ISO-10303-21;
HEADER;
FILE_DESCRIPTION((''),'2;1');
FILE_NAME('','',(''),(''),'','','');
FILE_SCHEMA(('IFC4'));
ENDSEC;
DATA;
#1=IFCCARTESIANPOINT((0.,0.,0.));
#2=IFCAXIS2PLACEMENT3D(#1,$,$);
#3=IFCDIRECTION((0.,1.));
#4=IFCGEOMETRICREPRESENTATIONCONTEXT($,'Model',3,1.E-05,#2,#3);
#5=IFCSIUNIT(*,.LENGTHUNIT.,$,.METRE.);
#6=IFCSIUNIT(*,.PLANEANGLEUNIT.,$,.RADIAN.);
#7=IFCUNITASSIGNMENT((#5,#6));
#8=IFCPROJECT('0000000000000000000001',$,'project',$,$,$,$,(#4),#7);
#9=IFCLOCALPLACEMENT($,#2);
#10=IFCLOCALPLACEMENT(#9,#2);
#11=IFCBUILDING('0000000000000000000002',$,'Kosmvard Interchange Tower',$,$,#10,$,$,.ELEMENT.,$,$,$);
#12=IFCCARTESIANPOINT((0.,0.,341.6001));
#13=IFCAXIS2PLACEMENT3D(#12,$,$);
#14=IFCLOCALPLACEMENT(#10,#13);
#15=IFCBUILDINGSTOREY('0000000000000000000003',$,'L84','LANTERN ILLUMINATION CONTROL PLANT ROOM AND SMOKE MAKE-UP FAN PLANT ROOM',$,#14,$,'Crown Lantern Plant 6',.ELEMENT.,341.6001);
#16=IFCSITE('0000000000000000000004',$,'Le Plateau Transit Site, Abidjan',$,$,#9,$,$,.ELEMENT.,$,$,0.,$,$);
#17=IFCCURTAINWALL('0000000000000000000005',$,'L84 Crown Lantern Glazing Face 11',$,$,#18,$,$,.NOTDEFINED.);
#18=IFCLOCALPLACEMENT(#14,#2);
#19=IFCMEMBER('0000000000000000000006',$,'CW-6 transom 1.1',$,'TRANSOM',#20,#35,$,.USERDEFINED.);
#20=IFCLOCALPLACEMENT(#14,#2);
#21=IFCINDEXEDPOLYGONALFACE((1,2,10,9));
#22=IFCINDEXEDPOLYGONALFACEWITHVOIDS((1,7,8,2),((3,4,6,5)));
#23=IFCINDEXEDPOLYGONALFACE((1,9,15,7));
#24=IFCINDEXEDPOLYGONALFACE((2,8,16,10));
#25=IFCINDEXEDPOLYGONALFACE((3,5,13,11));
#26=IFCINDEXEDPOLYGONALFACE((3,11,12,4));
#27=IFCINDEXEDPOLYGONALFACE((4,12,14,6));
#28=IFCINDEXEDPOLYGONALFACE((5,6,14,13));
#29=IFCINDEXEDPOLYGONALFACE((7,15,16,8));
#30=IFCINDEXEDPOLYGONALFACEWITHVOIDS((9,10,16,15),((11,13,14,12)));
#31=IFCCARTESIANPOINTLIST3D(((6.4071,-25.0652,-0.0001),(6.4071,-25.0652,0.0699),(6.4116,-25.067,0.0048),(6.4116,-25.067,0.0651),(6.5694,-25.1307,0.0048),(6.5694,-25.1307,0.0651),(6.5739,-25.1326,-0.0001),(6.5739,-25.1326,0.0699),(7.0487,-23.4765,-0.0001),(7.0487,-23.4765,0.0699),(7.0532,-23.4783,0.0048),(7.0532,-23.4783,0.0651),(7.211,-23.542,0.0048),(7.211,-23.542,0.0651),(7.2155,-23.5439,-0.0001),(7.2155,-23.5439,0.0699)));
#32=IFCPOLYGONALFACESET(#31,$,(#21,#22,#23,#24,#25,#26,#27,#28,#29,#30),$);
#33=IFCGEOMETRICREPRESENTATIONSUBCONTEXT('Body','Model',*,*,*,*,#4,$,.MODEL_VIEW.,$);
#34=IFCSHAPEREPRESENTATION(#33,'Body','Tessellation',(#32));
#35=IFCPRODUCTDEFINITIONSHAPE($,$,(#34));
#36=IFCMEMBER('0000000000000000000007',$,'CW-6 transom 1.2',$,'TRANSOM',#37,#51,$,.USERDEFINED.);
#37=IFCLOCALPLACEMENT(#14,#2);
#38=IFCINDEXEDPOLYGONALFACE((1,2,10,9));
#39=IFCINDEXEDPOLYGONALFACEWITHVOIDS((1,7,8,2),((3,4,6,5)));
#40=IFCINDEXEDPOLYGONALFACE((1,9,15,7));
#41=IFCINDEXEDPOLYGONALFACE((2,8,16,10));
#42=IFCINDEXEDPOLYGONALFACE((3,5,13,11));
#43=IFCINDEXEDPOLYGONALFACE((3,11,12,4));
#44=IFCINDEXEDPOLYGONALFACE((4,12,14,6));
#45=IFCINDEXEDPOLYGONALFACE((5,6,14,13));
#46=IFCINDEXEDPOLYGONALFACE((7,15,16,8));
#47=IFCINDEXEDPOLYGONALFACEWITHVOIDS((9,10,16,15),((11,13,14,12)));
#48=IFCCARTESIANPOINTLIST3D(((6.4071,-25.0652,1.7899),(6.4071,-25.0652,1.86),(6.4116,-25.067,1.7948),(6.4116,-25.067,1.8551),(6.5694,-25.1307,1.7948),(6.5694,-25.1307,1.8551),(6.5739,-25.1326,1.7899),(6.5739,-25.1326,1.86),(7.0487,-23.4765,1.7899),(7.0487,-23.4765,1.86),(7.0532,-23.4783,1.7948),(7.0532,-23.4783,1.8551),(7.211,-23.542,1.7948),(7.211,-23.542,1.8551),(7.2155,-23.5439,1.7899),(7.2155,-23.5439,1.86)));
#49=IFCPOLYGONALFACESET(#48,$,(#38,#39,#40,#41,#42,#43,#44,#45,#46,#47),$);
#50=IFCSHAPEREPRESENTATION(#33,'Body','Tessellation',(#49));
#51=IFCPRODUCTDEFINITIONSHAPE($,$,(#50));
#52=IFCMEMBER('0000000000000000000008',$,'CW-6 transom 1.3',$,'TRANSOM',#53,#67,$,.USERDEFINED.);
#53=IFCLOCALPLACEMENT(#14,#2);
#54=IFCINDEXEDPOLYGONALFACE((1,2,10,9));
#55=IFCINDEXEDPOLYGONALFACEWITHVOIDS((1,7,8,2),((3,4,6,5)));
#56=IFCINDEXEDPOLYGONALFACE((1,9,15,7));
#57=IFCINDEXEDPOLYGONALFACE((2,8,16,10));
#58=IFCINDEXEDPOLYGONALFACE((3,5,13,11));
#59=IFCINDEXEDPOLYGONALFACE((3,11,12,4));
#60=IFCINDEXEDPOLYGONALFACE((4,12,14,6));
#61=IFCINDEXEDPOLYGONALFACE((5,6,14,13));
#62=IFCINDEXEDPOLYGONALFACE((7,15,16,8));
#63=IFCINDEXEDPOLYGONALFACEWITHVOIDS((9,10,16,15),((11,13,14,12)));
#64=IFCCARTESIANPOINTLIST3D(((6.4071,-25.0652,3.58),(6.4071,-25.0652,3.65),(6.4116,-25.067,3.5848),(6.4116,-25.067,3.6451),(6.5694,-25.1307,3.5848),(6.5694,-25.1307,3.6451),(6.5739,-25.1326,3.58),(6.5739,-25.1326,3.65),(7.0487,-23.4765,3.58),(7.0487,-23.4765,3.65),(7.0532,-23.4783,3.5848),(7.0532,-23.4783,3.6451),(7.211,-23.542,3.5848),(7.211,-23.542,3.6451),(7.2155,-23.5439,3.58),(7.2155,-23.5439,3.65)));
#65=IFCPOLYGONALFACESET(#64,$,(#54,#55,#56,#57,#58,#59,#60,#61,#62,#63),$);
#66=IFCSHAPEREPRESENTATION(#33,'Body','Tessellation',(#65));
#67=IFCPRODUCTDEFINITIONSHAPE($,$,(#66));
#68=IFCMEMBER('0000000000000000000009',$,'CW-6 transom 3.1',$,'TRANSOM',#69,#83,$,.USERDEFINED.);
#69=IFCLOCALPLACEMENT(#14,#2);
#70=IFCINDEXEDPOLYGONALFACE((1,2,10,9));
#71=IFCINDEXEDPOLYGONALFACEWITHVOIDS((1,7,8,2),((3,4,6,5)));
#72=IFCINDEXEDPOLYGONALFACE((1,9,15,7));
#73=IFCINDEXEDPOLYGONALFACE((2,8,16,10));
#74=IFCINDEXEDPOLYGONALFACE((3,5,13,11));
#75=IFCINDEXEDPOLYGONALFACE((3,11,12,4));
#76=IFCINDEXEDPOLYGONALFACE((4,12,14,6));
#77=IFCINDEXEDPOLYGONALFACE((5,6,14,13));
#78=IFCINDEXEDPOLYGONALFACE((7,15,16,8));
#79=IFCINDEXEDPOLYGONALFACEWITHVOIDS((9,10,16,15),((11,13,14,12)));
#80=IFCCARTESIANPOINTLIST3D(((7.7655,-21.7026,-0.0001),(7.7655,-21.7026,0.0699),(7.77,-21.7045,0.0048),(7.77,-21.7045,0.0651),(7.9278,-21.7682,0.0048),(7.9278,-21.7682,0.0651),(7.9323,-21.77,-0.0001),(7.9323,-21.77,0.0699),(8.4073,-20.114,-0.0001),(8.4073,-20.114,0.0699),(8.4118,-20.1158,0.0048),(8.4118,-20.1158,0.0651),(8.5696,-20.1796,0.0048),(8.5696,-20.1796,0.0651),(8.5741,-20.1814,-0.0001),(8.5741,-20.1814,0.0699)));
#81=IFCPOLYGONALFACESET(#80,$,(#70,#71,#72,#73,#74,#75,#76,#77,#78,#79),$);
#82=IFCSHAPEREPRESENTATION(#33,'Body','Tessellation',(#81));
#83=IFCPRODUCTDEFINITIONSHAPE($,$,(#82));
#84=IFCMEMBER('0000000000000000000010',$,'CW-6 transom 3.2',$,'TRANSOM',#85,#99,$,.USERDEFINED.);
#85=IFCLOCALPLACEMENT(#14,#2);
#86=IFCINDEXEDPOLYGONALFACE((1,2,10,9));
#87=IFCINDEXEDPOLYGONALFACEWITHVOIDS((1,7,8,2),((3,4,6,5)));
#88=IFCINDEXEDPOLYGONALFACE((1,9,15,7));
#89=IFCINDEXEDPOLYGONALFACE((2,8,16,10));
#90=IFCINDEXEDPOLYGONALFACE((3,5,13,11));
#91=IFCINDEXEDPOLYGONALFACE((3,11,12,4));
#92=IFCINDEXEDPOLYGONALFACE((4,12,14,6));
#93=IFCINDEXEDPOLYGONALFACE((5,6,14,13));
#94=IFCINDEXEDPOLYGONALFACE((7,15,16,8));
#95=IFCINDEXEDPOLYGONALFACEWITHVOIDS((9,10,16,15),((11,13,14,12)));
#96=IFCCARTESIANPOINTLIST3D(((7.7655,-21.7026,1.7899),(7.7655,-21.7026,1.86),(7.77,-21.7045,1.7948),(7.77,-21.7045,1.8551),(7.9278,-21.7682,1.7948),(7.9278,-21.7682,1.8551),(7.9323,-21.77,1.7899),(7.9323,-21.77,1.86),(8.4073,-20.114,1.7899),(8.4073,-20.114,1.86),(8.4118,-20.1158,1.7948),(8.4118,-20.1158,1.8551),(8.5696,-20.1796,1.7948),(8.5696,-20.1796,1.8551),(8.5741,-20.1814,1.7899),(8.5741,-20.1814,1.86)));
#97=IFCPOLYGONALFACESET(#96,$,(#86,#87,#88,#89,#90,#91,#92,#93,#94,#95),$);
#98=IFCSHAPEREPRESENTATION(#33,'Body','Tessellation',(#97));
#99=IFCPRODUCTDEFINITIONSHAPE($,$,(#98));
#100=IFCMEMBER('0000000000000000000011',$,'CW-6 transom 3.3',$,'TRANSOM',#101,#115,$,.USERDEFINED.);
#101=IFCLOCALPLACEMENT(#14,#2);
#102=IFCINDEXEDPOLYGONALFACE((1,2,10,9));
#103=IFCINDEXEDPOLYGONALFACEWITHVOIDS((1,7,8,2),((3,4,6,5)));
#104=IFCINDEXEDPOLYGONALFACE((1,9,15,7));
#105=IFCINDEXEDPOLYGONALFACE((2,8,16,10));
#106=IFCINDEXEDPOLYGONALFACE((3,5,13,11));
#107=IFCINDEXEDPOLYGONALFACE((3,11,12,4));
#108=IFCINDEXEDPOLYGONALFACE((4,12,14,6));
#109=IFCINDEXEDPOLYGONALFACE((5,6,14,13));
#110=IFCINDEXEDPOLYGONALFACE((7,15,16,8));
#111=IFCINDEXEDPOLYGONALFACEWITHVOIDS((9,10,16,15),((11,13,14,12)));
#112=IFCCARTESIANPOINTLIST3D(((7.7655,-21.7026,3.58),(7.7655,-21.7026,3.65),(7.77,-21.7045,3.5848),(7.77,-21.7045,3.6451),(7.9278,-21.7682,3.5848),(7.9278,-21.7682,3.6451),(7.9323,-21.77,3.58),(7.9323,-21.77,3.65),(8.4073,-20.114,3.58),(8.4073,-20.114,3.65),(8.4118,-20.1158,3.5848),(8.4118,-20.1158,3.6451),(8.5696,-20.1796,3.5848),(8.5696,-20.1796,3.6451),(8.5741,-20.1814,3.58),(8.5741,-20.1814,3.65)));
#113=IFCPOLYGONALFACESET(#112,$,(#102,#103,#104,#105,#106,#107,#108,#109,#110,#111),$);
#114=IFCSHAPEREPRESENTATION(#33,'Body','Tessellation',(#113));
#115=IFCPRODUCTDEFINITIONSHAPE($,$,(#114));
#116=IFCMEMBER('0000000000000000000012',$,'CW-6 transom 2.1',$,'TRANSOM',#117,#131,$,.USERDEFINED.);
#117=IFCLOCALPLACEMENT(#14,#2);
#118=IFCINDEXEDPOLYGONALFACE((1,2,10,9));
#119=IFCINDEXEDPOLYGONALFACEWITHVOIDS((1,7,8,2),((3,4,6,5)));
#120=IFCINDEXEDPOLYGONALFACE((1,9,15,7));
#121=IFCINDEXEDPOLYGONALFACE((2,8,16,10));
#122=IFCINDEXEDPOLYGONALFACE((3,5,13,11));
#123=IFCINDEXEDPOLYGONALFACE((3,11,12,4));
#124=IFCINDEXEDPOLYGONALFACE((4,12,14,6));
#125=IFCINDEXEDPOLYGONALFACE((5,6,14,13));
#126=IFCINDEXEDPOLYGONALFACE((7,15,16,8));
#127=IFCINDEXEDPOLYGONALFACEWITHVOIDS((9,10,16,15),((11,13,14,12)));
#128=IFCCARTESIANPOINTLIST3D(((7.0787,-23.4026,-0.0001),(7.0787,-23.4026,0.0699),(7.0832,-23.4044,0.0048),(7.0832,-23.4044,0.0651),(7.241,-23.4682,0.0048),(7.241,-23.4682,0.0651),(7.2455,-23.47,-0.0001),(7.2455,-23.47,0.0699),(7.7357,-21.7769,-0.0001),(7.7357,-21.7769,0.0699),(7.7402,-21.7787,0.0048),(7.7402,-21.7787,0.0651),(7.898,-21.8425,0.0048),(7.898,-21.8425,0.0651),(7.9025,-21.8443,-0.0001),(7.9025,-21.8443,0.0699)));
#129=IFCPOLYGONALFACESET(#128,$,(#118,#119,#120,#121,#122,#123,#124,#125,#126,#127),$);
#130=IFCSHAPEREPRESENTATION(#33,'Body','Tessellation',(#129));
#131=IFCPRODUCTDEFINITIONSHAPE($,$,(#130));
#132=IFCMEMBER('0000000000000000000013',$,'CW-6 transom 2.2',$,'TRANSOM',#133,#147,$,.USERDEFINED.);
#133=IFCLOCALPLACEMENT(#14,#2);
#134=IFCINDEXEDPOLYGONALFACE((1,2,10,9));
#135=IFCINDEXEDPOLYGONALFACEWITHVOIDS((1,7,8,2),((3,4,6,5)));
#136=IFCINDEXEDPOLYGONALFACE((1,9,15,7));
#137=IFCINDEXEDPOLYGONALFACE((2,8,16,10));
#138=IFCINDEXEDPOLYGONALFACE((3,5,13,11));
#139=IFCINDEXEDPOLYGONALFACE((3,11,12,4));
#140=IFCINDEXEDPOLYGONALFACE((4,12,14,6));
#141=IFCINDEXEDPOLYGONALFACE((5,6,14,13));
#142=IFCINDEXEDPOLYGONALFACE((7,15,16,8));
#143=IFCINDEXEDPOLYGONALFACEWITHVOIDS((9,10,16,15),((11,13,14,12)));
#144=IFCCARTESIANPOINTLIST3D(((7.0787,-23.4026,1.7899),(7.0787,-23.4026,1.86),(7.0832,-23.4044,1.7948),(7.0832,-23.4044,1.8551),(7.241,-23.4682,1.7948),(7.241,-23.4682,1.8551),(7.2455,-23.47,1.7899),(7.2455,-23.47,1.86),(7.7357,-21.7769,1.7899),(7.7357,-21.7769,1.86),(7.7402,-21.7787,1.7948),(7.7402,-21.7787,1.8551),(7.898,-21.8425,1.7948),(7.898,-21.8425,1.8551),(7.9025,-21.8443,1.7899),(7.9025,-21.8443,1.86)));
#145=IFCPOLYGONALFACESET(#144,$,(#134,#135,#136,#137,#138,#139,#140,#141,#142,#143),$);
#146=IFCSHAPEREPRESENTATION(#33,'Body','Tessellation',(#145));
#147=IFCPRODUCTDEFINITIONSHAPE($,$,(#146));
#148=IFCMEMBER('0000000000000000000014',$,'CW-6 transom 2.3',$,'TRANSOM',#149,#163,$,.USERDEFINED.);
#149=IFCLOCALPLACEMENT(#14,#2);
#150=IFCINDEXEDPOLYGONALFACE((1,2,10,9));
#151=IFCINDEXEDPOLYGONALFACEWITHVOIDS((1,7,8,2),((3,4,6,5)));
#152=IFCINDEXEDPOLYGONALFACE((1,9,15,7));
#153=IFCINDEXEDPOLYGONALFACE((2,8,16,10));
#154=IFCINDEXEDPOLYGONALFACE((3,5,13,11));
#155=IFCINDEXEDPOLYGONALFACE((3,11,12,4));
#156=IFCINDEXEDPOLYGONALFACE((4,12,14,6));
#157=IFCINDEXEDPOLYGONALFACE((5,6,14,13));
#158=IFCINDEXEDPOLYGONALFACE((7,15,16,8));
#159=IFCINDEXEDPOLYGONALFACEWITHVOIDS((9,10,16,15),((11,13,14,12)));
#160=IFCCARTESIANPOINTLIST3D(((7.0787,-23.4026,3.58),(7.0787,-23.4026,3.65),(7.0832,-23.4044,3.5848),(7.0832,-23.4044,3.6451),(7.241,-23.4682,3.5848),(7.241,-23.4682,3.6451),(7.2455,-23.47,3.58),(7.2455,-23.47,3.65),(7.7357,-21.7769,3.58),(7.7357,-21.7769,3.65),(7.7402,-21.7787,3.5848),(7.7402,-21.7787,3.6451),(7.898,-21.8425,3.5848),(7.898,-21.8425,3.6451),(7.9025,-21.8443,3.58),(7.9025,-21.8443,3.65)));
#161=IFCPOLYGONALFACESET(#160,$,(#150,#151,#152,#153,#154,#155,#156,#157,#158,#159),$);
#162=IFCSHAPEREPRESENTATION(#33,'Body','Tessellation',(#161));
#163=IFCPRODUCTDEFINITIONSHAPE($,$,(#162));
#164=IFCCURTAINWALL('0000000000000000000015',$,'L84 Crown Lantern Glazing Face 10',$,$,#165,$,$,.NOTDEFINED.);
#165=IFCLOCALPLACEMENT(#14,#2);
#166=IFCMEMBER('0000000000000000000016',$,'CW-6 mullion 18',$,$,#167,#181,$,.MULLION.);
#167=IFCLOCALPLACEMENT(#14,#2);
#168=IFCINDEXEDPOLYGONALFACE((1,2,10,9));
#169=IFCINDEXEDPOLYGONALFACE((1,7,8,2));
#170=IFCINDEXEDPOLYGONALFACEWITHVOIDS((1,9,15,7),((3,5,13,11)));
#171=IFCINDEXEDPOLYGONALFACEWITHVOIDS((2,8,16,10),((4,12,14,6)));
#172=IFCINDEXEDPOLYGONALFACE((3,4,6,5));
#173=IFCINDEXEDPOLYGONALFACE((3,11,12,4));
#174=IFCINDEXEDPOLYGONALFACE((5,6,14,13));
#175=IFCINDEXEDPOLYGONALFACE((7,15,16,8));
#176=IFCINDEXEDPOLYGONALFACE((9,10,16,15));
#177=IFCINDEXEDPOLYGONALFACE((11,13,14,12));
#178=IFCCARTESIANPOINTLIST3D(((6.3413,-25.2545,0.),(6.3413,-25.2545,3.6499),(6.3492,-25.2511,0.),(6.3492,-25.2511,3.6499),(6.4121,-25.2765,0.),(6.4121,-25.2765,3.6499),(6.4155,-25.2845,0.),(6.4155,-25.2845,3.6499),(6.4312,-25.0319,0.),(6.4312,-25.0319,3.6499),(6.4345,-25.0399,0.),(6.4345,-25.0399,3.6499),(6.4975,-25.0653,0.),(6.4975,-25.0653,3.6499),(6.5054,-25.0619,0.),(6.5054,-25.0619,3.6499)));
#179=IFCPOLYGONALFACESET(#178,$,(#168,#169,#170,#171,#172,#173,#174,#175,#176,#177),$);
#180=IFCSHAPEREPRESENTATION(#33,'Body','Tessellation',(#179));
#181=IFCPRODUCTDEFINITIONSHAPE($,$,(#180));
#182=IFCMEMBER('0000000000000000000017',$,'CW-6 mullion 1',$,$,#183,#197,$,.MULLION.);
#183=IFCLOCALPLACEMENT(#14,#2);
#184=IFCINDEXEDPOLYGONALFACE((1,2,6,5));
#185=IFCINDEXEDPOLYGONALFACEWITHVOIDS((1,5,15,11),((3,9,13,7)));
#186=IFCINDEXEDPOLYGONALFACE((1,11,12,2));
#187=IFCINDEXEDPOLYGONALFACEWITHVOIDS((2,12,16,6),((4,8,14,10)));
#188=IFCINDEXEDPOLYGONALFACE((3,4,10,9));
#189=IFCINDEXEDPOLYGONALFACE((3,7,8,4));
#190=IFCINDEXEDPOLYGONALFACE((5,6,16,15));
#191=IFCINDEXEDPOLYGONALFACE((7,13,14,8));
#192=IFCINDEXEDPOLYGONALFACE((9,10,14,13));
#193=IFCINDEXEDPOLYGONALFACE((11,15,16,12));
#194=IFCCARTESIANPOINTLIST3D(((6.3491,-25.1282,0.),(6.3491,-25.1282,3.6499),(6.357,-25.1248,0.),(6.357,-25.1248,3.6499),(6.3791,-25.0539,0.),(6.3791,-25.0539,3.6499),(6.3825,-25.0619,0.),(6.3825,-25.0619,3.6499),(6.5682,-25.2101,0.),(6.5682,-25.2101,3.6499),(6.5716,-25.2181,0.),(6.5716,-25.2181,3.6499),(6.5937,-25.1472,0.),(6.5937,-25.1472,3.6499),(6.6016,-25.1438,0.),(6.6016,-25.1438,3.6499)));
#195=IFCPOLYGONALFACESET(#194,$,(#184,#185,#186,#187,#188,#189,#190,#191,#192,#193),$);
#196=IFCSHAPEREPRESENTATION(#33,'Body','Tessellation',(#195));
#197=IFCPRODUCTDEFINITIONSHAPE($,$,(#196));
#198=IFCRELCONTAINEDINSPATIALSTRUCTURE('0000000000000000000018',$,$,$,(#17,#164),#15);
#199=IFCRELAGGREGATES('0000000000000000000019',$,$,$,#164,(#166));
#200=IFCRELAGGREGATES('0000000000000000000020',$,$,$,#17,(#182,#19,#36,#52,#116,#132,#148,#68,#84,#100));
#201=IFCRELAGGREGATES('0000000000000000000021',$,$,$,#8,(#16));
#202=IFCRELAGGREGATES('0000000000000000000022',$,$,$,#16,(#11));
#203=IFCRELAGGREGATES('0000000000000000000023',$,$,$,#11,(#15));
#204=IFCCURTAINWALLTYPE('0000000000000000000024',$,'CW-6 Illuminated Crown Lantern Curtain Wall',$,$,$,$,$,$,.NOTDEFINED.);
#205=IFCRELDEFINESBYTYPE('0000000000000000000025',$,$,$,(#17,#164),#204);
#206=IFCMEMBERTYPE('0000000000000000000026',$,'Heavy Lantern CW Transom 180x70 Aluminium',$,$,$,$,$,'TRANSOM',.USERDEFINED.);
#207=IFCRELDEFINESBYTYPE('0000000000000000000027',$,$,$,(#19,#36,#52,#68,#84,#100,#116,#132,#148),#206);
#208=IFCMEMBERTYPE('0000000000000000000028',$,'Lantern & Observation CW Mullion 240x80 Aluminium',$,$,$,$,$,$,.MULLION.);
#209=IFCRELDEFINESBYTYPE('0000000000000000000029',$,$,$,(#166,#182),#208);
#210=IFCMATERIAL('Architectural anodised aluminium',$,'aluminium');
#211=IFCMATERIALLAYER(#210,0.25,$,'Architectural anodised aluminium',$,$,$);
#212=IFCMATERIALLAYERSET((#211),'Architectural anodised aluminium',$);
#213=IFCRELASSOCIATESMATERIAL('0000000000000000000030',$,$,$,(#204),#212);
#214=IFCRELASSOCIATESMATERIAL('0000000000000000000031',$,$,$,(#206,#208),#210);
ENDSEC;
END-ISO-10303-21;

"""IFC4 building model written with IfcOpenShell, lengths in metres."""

from ifc_helpers import new_model, si_unit, direction, frame, origin, origin_2d, place, context, subcontext, project, spatial, hollow_rectangle, extrude, source, transform, mapped, material, layer, layer_set, material_profile, profile_set, type_object, element, aggregate, save


model = new_model("IFC4")

# Units and contexts
model_context = context("Model", 3, precision=1e-05, world=origin(), true_north=direction((0.0, 1.0)))
body_context = subcontext(model_context, "Body", "Model", "MODEL_VIEW")
ifc_project = project(units=[si_unit("LENGTHUNIT", "METRE"), si_unit("PLANEANGLEUNIT", "RADIAN")], contexts=[model_context])

# Site, building, storey
site_placement = place(None, origin())
site = spatial("IfcSite", under=ifc_project, at=site_placement, Name="Le Plateau Transit Site, Abidjan", CompositionType="ELEMENT", RefElevation=0.0)
building_placement = place(site_placement, origin())
building = spatial("IfcBuilding", under=site, at=building_placement, Name="Kosmvard Interchange Tower", CompositionType="ELEMENT")
storey_placement = place(building_placement, frame((0.0, 0.0, 341.6001)))
storey = spatial("IfcBuildingStorey", under=building, at=storey_placement, Name="L84", Description="LANTERN ILLUMINATION CONTROL PLANT ROOM AND SMOKE MAKE-UP FAN PLANT ROOM", LongName="Crown Lantern Plant 6", CompositionType="ELEMENT", Elevation=341.6001)

# Curtain wall, members
ifc_material_1 = material(Name="Architectural anodised aluminium", Category="aluminium")
ifc_layer_1 = layer(ifc_material_1, 0.25, Name="Architectural anodised aluminium")
ifc_layer_set_1 = layer_set([ifc_layer_1], Name="Architectural anodised aluminium")
curtain_wall_type = type_object("IfcCurtainWallType", Name="CW-6 Illuminated Crown Lantern Curtain Wall", PredefinedType="NOTDEFINED", material=ifc_layer_set_1)
curtain_wall_1_placement = place(storey_placement, origin())
curtain_wall_1 = element("IfcCurtainWall", 1, at=curtain_wall_1_placement, inside=storey, type_object=curtain_wall_type, Name="L84 Crown Lantern Glazing Face 11", PredefinedType="NOTDEFINED")
ifc_material_profile_1 = material_profile(ifc_material_1, hollow_rectangle(XDim=0.1799, YDim=0.0701, WallThickness=0.0049, at=origin_2d()), Name="CWT 180x70x5")
ifc_profile_set_1 = profile_set([ifc_material_profile_1], Name="Architectural anodised aluminium")
member_type_1 = type_object("IfcMemberType", Name="Heavy Lantern CW Transom 180x70 Aluminium", ElementType="TRANSOM", PredefinedType="USERDEFINED", material=ifc_profile_set_1)
shared_shape_1 = source(origin(), body_context, "Body", "SweptSolid", [
    extrude(hollow_rectangle(XDim=0.1799, YDim=0.0701, WallThickness=0.0049, at=origin_2d()), origin(), (0.0, 0.0, 1.0), 1.7134),
])
member_1_placement = place(storey_placement, frame((6.4905, -25.0989, 0.0349), z_axis=(0.374484, 0.927233, 0.0), x_axis=(-0.927233, 0.374484, 0.0)))
member_1 = element("IfcMember", 2, at=member_1_placement, type_object=member_type_1, Name="CW-6 transom 1.1", ObjectType="TRANSOM", PredefinedType="USERDEFINED", context=body_context, shape_type="MappedRepresentation", body=[
    mapped(shared_shape_1, transform((0.0, 0.0, 0.0), scale=1.0)),
])
member_2_placement = place(storey_placement, frame((6.4905, -25.0989, 1.825), z_axis=(0.374484, 0.927233, 0.0), x_axis=(-0.927233, 0.374484, 0.0)))
member_2 = element("IfcMember", 3, at=member_2_placement, type_object=member_type_1, Name="CW-6 transom 1.2", ObjectType="TRANSOM", PredefinedType="USERDEFINED", context=body_context, shape_type="MappedRepresentation", body=[
    mapped(shared_shape_1, transform((0.0, 0.0, 0.0), scale=1.0)),
])
member_3_placement = place(storey_placement, frame((6.4905, -25.0989, 3.615), z_axis=(0.374484, 0.927233, 0.0), x_axis=(-0.927233, 0.374484, 0.0)))
member_3 = element("IfcMember", 4, at=member_3_placement, type_object=member_type_1, Name="CW-6 transom 1.3", ObjectType="TRANSOM", PredefinedType="USERDEFINED", context=body_context, shape_type="MappedRepresentation", body=[
    mapped(shared_shape_1, transform((0.0, 0.0, 0.0), scale=1.0)),
])
member_4_placement = place(storey_placement, frame((7.8489, -21.7363, 0.0349), z_axis=(0.374607, 0.927184, 0.0), x_axis=(-0.927184, 0.374607, 0.0)))
member_4 = element("IfcMember", 5, at=member_4_placement, type_object=member_type_1, Name="CW-6 transom 3.1", ObjectType="TRANSOM", PredefinedType="USERDEFINED", context=body_context, shape_type="MappedRepresentation", body=[
    mapped(shared_shape_1, transform((0.0, 0.0, 0.0), scale=1.0)),
])
member_5_placement = place(storey_placement, frame((7.8489, -21.7363, 1.825), z_axis=(0.374607, 0.927184, 0.0), x_axis=(-0.927184, 0.374607, 0.0)))
member_5 = element("IfcMember", 6, at=member_5_placement, type_object=member_type_1, Name="CW-6 transom 3.2", ObjectType="TRANSOM", PredefinedType="USERDEFINED", context=body_context, shape_type="MappedRepresentation", body=[
    mapped(shared_shape_1, transform((0.0, 0.0, 0.0), scale=1.0)),
])
member_6_placement = place(storey_placement, frame((7.8489, -21.7363, 3.615), z_axis=(0.374607, 0.927184, 0.0), x_axis=(-0.927184, 0.374607, 0.0)))
member_6 = element("IfcMember", 7, at=member_6_placement, type_object=member_type_1, Name="CW-6 transom 3.3", ObjectType="TRANSOM", PredefinedType="USERDEFINED", context=body_context, shape_type="MappedRepresentation", body=[
    mapped(shared_shape_1, transform((0.0, 0.0, 0.0), scale=1.0)),
])
shared_shape_2 = source(origin(), body_context, "Body", "SweptSolid", [
    extrude(hollow_rectangle(XDim=0.1799, YDim=0.0701, WallThickness=0.0049, at=origin_2d()), origin(), (0.0, 0.0, 1.0), 1.7534),
])
member_7_placement = place(storey_placement, frame((7.1621, -23.4363, 0.0349), z_axis=(0.374677, 0.927155, 0.0), x_axis=(-0.927155, 0.374677, 0.0)))
member_7 = element("IfcMember", 8, at=member_7_placement, type_object=member_type_1, Name="CW-6 transom 2.1", ObjectType="TRANSOM", PredefinedType="USERDEFINED", context=body_context, shape_type="MappedRepresentation", body=[
    mapped(shared_shape_2, transform((0.0, 0.0, 0.0), scale=1.0)),
])
member_8_placement = place(storey_placement, frame((7.1621, -23.4363, 1.825), z_axis=(0.374677, 0.927155, 0.0), x_axis=(-0.927155, 0.374677, 0.0)))
member_8 = element("IfcMember", 9, at=member_8_placement, type_object=member_type_1, Name="CW-6 transom 2.2", ObjectType="TRANSOM", PredefinedType="USERDEFINED", context=body_context, shape_type="MappedRepresentation", body=[
    mapped(shared_shape_2, transform((0.0, 0.0, 0.0), scale=1.0)),
])
member_9_placement = place(storey_placement, frame((7.1621, -23.4363, 3.615), z_axis=(0.374677, 0.927155, 0.0), x_axis=(-0.927155, 0.374677, 0.0)))
member_9 = element("IfcMember", 10, at=member_9_placement, type_object=member_type_1, Name="CW-6 transom 2.3", ObjectType="TRANSOM", PredefinedType="USERDEFINED", context=body_context, shape_type="MappedRepresentation", body=[
    mapped(shared_shape_2, transform((0.0, 0.0, 0.0), scale=1.0)),
])

# Curtain wall, member
curtain_wall_2_placement = place(storey_placement, origin())
curtain_wall_2 = element("IfcCurtainWall", 11, at=curtain_wall_2_placement, inside=storey, type_object=curtain_wall_type, Name="L84 Crown Lantern Glazing Face 10", PredefinedType="NOTDEFINED")
ifc_material_profile_2 = material_profile(ifc_material_1, hollow_rectangle(XDim=0.24, YDim=0.0801, WallThickness=0.0061, at=origin_2d()), Name="CWM 240x80x6")
ifc_profile_set_2 = profile_set([ifc_material_profile_2], Name="Architectural anodised aluminium")
member_type_2 = type_object("IfcMemberType", Name="Lantern & Observation CW Mullion 240x80 Aluminium", PredefinedType="MULLION", material=ifc_profile_set_2)
shared_shape_3 = source(origin(), body_context, "Body", "SweptSolid", [
    extrude(hollow_rectangle(XDim=0.24, YDim=0.0801, WallThickness=0.0061, at=origin_2d()), origin(), (0.0, 0.0, 1.0), 3.6499),
])
member_10_placement = place(storey_placement, frame((6.4233, -25.1582, 0.0), z_axis=(0.0, 0.0, 1.0), x_axis=(0.374607, 0.927184, 0.0)))
member_10 = element("IfcMember", 12, at=member_10_placement, type_object=member_type_2, Name="CW-6 mullion 18", PredefinedType="MULLION", context=body_context, shape_type="MappedRepresentation", body=[
    mapped(shared_shape_3, transform((0.0, 0.0, 0.0), scale=1.0)),
])

# Member
member_11_placement = place(storey_placement, frame((6.4753, -25.136, 0.0), z_axis=(0.0, 0.0, 1.0), x_axis=(-0.927184, 0.374607, 0.0)))
member_11 = element("IfcMember", 13, at=member_11_placement, type_object=member_type_2, Name="CW-6 mullion 1", PredefinedType="MULLION", context=body_context, shape_type="MappedRepresentation", body=[
    mapped(shared_shape_3, transform((0.0, 0.0, 0.0), scale=1.0)),
])

aggregate(curtain_wall_2, [member_10])
aggregate(curtain_wall_1, [member_11, member_1, member_2, member_3, member_7, member_8, member_9, member_4, member_5, member_6])

save(model, "model.ifc")
